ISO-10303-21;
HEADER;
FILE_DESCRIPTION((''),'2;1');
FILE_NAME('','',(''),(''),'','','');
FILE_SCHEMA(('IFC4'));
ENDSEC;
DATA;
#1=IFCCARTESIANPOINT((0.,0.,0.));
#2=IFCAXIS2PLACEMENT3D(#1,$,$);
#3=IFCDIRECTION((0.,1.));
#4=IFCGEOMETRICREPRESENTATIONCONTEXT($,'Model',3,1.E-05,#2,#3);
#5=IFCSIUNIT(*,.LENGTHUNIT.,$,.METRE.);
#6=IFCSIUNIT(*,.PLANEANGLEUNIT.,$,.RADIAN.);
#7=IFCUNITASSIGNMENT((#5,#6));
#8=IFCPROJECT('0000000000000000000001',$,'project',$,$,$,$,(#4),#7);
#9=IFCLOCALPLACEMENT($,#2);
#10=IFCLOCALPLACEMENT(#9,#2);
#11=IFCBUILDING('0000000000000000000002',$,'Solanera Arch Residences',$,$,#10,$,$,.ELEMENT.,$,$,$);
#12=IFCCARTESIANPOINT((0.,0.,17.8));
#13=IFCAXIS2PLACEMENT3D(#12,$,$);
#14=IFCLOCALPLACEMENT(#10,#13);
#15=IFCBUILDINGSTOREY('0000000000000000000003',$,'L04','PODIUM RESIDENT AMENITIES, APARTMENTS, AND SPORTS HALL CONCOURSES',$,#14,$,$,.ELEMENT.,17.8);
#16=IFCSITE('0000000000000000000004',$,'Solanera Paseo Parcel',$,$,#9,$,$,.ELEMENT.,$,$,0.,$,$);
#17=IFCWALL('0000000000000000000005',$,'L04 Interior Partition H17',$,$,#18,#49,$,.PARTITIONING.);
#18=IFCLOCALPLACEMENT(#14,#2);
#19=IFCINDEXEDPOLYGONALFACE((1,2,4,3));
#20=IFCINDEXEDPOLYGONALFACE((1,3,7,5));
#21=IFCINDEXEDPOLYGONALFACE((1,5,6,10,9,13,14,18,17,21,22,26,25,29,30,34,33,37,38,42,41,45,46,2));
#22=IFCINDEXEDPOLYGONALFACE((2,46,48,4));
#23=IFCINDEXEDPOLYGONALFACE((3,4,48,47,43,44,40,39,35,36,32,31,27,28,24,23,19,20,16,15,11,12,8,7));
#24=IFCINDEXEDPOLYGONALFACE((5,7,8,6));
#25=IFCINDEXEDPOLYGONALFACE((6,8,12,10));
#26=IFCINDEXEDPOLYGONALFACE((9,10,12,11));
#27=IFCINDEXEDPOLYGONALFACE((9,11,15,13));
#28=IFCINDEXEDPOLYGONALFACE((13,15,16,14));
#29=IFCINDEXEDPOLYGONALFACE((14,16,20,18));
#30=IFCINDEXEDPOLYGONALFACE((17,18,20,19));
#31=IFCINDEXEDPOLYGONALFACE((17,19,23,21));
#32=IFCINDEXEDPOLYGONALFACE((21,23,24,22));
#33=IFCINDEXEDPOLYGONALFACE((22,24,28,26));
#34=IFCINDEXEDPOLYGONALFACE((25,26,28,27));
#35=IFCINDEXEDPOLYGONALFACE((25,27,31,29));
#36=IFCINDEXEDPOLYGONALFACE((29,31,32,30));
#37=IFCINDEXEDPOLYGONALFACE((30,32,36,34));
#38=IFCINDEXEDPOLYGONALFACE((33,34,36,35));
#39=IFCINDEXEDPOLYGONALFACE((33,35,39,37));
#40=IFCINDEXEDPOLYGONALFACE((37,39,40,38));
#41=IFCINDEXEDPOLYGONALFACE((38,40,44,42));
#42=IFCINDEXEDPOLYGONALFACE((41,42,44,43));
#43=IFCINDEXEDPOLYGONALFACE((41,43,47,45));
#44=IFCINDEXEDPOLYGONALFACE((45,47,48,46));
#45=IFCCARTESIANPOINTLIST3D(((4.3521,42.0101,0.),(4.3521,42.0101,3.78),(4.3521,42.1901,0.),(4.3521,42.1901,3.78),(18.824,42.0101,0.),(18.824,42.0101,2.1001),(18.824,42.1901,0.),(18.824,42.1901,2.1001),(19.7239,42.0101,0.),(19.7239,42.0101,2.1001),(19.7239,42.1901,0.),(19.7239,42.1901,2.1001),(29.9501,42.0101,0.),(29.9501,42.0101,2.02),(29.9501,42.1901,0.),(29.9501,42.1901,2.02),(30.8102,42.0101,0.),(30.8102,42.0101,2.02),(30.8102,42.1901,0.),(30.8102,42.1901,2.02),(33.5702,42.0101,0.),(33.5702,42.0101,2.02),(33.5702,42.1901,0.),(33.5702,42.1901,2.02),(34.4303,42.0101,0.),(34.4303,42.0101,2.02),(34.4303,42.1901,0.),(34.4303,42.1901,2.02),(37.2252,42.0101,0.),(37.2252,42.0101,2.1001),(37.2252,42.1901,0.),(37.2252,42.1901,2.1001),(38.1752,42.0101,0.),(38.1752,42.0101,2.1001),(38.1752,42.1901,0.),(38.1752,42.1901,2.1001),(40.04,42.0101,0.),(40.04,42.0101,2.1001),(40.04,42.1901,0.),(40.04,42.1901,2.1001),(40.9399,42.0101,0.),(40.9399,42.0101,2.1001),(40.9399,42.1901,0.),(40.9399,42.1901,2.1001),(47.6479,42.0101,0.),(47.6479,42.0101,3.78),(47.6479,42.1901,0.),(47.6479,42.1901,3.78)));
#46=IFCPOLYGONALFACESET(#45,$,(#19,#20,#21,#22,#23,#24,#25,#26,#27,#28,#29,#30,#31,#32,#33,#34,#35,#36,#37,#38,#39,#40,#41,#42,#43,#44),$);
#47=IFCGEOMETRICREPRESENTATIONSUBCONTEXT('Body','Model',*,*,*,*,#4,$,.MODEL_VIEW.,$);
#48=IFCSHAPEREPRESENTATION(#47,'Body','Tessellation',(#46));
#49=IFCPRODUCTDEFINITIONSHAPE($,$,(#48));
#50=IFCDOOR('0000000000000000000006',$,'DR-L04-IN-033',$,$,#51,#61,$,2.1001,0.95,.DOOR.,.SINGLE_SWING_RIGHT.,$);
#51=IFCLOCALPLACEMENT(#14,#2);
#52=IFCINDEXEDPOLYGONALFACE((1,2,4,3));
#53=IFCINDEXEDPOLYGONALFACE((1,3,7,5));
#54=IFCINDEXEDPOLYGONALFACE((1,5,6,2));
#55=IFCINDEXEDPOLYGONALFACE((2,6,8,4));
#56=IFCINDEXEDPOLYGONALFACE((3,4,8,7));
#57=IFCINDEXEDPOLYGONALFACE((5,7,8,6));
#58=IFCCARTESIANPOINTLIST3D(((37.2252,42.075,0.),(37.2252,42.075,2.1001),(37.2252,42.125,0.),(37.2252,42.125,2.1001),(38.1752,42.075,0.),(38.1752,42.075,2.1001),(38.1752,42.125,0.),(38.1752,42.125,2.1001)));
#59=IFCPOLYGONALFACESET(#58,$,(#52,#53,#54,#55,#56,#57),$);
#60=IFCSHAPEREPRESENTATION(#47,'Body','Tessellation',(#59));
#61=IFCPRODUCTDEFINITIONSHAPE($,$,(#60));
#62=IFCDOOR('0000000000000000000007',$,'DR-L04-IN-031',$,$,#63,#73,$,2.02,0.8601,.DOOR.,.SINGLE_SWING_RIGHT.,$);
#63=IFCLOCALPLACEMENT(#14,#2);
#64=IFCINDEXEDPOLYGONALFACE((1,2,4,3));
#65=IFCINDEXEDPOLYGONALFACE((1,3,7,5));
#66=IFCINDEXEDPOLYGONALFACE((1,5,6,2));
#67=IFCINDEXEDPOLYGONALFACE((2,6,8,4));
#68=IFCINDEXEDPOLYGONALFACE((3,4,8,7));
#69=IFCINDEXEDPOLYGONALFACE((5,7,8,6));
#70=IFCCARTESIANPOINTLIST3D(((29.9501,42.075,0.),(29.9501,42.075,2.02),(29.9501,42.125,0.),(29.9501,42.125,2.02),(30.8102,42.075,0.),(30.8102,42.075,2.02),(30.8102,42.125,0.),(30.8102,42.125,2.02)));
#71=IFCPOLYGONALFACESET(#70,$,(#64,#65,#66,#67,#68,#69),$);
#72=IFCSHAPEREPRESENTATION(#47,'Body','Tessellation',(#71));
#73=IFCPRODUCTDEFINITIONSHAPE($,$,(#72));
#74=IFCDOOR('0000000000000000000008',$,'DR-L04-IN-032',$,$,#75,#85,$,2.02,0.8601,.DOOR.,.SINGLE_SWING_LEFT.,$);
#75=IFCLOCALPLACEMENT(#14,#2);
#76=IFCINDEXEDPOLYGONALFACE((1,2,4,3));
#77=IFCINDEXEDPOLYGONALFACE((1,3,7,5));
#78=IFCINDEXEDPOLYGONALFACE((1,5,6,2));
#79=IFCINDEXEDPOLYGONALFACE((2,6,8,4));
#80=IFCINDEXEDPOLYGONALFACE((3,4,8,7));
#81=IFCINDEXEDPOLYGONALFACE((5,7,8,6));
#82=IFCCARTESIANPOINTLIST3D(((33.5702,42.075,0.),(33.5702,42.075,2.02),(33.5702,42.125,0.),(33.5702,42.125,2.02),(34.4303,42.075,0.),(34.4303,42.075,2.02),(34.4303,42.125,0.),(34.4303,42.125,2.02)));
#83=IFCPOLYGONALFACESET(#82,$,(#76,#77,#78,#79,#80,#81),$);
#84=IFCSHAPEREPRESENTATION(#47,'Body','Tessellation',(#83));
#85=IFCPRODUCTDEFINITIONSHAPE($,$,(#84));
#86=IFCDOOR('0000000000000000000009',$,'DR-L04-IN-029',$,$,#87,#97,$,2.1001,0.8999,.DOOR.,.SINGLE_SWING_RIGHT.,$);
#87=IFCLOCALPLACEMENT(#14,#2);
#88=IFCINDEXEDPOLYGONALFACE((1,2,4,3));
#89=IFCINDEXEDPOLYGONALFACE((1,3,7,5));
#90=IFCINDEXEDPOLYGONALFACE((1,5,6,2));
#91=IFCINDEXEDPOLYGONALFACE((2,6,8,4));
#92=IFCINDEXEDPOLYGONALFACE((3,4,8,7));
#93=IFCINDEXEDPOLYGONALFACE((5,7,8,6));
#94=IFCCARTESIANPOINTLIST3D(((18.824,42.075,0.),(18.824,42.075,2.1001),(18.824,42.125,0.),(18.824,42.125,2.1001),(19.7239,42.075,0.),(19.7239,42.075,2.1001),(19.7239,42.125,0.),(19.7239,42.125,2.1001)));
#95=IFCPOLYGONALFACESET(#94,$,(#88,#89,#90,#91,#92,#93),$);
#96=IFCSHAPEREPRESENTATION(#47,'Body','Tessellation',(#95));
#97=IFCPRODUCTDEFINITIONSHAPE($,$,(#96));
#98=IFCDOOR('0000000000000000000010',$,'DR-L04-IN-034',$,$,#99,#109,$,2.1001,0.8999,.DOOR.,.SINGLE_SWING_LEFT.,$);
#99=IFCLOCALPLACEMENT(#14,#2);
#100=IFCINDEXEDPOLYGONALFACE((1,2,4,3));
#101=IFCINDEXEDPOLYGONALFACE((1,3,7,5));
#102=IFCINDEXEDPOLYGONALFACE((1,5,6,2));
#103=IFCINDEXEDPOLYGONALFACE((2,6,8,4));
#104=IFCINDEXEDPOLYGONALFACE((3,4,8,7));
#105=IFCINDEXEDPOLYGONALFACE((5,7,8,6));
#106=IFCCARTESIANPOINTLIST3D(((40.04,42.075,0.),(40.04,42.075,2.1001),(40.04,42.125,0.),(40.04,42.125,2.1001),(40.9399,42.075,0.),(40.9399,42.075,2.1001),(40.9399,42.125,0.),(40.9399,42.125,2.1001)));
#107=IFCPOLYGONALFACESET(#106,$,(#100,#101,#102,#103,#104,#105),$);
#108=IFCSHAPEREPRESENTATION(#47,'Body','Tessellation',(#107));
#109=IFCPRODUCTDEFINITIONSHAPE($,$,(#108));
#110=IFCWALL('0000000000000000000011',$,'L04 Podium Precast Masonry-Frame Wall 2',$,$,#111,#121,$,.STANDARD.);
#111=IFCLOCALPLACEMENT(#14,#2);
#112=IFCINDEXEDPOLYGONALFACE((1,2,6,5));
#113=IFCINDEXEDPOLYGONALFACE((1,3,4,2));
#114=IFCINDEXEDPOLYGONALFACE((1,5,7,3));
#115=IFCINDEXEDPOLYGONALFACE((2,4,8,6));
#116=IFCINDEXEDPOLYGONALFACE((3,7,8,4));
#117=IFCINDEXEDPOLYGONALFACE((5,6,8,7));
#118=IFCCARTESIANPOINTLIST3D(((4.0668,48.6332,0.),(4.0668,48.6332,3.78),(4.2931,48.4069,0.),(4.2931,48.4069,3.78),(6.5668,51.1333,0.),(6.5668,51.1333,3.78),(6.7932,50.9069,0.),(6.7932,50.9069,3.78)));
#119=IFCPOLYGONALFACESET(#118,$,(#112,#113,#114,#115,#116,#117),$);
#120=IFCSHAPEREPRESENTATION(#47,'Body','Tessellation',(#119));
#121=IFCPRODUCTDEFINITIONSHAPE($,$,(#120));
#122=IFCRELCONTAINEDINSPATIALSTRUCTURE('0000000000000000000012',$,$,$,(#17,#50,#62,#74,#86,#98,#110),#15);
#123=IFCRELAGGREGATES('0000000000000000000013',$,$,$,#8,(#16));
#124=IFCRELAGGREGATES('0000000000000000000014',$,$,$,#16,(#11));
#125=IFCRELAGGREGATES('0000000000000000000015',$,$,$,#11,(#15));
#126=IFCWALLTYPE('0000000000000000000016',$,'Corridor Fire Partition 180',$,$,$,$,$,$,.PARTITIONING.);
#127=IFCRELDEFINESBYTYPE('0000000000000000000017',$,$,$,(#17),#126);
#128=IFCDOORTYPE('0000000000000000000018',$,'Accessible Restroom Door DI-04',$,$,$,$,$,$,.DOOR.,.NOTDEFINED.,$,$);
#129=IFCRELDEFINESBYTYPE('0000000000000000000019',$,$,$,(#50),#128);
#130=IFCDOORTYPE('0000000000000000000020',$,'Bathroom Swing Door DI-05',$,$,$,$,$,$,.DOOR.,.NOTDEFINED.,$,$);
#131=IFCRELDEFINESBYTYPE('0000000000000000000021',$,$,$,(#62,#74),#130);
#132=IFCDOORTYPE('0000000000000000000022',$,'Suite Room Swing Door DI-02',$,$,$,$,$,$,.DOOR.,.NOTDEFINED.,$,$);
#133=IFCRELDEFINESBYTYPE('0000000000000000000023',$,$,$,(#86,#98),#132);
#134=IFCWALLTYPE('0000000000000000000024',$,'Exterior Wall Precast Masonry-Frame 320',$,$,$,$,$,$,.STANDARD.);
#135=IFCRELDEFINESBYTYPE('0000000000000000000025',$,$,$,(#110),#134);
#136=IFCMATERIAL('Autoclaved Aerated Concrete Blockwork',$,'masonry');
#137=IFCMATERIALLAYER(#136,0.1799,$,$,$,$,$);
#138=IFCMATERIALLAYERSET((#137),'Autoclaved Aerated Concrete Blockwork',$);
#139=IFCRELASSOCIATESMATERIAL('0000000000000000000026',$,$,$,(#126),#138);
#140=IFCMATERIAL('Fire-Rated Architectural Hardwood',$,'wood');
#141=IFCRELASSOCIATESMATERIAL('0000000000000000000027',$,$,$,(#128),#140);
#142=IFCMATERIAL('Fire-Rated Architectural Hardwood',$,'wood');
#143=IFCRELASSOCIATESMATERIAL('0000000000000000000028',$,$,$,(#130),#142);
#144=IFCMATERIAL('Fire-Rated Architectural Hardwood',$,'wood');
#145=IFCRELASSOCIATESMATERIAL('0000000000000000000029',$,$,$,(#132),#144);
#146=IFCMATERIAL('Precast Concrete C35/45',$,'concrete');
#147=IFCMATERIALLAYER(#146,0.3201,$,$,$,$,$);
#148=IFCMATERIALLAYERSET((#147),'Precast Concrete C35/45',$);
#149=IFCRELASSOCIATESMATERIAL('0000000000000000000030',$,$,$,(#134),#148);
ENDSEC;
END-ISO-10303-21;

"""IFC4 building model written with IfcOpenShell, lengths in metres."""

from ifc_helpers import new_model, si_unit, direction, frame, frame_2d, origin, place, context, subcontext, project, spatial, rectangle, extrude, material, layer, layer_set, type_object, element, fill, save


model = new_model("IFC4")

# Units and contexts
model_context = context("Model", 3, precision=1e-05, world=origin(), true_north=direction((0.0, 1.0)))
body_context = subcontext(model_context, "Body", "Model", "MODEL_VIEW")
ifc_project = project(units=[si_unit("LENGTHUNIT", "METRE"), si_unit("PLANEANGLEUNIT", "RADIAN")], contexts=[model_context])

# Site, building, storey
site_placement = place(None, origin())
site = spatial("IfcSite", under=ifc_project, at=site_placement, Name="Solanera Paseo Parcel", CompositionType="ELEMENT", RefElevation=0.0)
building_placement = place(site_placement, origin())
building = spatial("IfcBuilding", under=site, at=building_placement, Name="Solanera Arch Residences", CompositionType="ELEMENT")
storey_placement = place(building_placement, frame((0.0, 0.0, 17.8)))
storey = spatial("IfcBuildingStorey", under=building, at=storey_placement, Name="L04", Description="PODIUM RESIDENT AMENITIES, APARTMENTS, AND SPORTS HALL CONCOURSES", CompositionType="ELEMENT", Elevation=17.8)

# Wall, openings, doors
ifc_material_1 = material(Name="Autoclaved Aerated Concrete Blockwork", Category="masonry")
ifc_layer_1 = layer(ifc_material_1, 0.1799)
ifc_layer_set_1 = layer_set([ifc_layer_1], Name="Autoclaved Aerated Concrete Blockwork")
wall_type_1 = type_object("IfcWallType", Name="Corridor Fire Partition 180", PredefinedType="PARTITIONING", material=ifc_layer_set_1)
wall_1_placement = place(storey_placement, frame((4.3521, 42.1001, 0.0), z_axis=(0.0, 0.0, 1.0), x_axis=(1.0, 0.0, 0.0)))
wall_1 = element("IfcWall", 1, at=wall_1_placement, inside=storey, type_object=wall_type_1, Name="L04 Interior Partition H17", PredefinedType="PARTITIONING", context=body_context, shape_type="SweptSolid", body=[
    extrude(rectangle(XDim=43.2959, YDim=0.1799, at=frame_2d((21.6479, 0.0))), origin(), (0.0, 0.0, 1.0), 3.78),
])
opening_1_placement = place(wall_1_placement, frame((14.4719, 0.0, 0.0)))
opening_1 = element("IfcOpeningElement", 2, at=opening_1_placement, cuts=wall_1, PredefinedType="OPENING", context=body_context, shape_type="SweptSolid", body=[
    extrude(rectangle(XDim=0.8999, YDim=2.1001, at=frame_2d((0.45, 1.05))), frame((0.0, 0.1001, 0.0), z_axis=(0.0, -1.0, 0.0), x_axis=(1.0, 0.0, 0.0)), (0.0, 0.0, 1.0), 0.1999),
])
opening_2_placement = place(wall_1_placement, frame((25.5979, 0.0, 0.0)))
opening_2 = element("IfcOpeningElement", 3, at=opening_2_placement, cuts=wall_1, PredefinedType="OPENING", context=body_context, shape_type="SweptSolid", body=[
    extrude(rectangle(XDim=0.8601, YDim=2.02, at=frame_2d((0.4302, 1.01))), frame((0.0, 0.1001, 0.0), z_axis=(0.0, -1.0, 0.0), x_axis=(1.0, 0.0, 0.0)), (0.0, 0.0, 1.0), 0.1999),
])
opening_3_placement = place(wall_1_placement, frame((29.218, 0.0, 0.0)))
opening_3 = element("IfcOpeningElement", 4, at=opening_3_placement, cuts=wall_1, PredefinedType="OPENING", context=body_context, shape_type="SweptSolid", body=[
    extrude(rectangle(XDim=0.8601, YDim=2.02, at=frame_2d((0.4302, 1.01))), frame((0.0, 0.1001, 0.0), z_axis=(0.0, -1.0, 0.0), x_axis=(1.0, 0.0, 0.0)), (0.0, 0.0, 1.0), 0.1999),
])
opening_4_placement = place(wall_1_placement, frame((32.873, 0.0, 0.0)))
opening_4 = element("IfcOpeningElement", 5, at=opening_4_placement, cuts=wall_1, PredefinedType="OPENING", context=body_context, shape_type="SweptSolid", body=[
    extrude(rectangle(XDim=0.95, YDim=2.1001, at=frame_2d((0.4751, 1.05))), frame((0.0, 0.1001, 0.0), z_axis=(0.0, -1.0, 0.0), x_axis=(1.0, 0.0, 0.0)), (0.0, 0.0, 1.0), 0.1999),
])
opening_5_placement = place(wall_1_placement, frame((35.688, 0.0, 0.0)))
opening_5 = element("IfcOpeningElement", 6, at=opening_5_placement, cuts=wall_1, PredefinedType="OPENING", context=body_context, shape_type="SweptSolid", body=[
    extrude(rectangle(XDim=0.8999, YDim=2.1001, at=frame_2d((0.45, 1.05))), frame((0.0, 0.1001, 0.0), z_axis=(0.0, -1.0, 0.0), x_axis=(1.0, 0.0, 0.0)), (0.0, 0.0, 1.0), 0.1999),
])
ifc_material_2 = material(Name="Fire-Rated Architectural Hardwood", Category="wood")
door_type_1 = type_object("IfcDoorType", Name="Accessible Restroom Door DI-04", OperationType="NOTDEFINED", PredefinedType="DOOR", material=ifc_material_2)
door_1_placement = place(opening_4_placement, origin())
door_1 = element("IfcDoor", 7, at=door_1_placement, inside=storey, type_object=door_type_1, Name="DR-L04-IN-033", OperationType="SINGLE_SWING_RIGHT", OverallHeight=2.1001, OverallWidth=0.95, PredefinedType="DOOR", context=body_context, shape_type="SweptSolid", body=[
    extrude(rectangle(XDim=0.95, YDim=2.1001, at=frame_2d((0.4751, 1.05))), frame((0.0, 0.0249, 0.0), z_axis=(0.0, -1.0, 0.0), x_axis=(1.0, 0.0, 0.0)), (0.0, 0.0, 1.0), 0.05),
])
fill(opening_4, door_1)
ifc_material_3 = material(Name="Fire-Rated Architectural Hardwood", Category="wood")
door_type_2 = type_object("IfcDoorType", Name="Bathroom Swing Door DI-05", OperationType="NOTDEFINED", PredefinedType="DOOR", material=ifc_material_3)
door_2_placement = place(opening_2_placement, origin())
door_2 = element("IfcDoor", 8, at=door_2_placement, inside=storey, type_object=door_type_2, Name="DR-L04-IN-031", OperationType="SINGLE_SWING_RIGHT", OverallHeight=2.02, OverallWidth=0.8601, PredefinedType="DOOR", context=body_context, shape_type="SweptSolid", body=[
    extrude(rectangle(XDim=0.8601, YDim=2.02, at=frame_2d((0.4302, 1.01))), frame((0.0, 0.0249, 0.0), z_axis=(0.0, -1.0, 0.0), x_axis=(1.0, 0.0, 0.0)), (0.0, 0.0, 1.0), 0.05),
])
fill(opening_2, door_2)
door_3_placement = place(opening_3_placement, origin())
door_3 = element("IfcDoor", 9, at=door_3_placement, inside=storey, type_object=door_type_2, Name="DR-L04-IN-032", OperationType="SINGLE_SWING_LEFT", OverallHeight=2.02, OverallWidth=0.8601, PredefinedType="DOOR", context=body_context, shape_type="SweptSolid", body=[
    extrude(rectangle(XDim=0.8601, YDim=2.02, at=frame_2d((0.4302, 1.01))), frame((0.0, 0.0249, 0.0), z_axis=(0.0, -1.0, 0.0), x_axis=(1.0, 0.0, 0.0)), (0.0, 0.0, 1.0), 0.05),
])
fill(opening_3, door_3)
ifc_material_4 = material(Name="Fire-Rated Architectural Hardwood", Category="wood")
door_type_3 = type_object("IfcDoorType", Name="Suite Room Swing Door DI-02", OperationType="NOTDEFINED", PredefinedType="DOOR", material=ifc_material_4)
door_4_placement = place(opening_1_placement, origin())
door_4 = element("IfcDoor", 10, at=door_4_placement, inside=storey, type_object=door_type_3, Name="DR-L04-IN-029", OperationType="SINGLE_SWING_RIGHT", OverallHeight=2.1001, OverallWidth=0.8999, PredefinedType="DOOR", context=body_context, shape_type="SweptSolid", body=[
    extrude(rectangle(XDim=0.8999, YDim=2.1001, at=frame_2d((0.45, 1.05))), frame((0.0, 0.0249, 0.0), z_axis=(0.0, -1.0, 0.0), x_axis=(1.0, 0.0, 0.0)), (0.0, 0.0, 1.0), 0.05),
])
fill(opening_1, door_4)
door_5_placement = place(opening_5_placement, origin())
door_5 = element("IfcDoor", 11, at=door_5_placement, inside=storey, type_object=door_type_3, Name="DR-L04-IN-034", OperationType="SINGLE_SWING_LEFT", OverallHeight=2.1001, OverallWidth=0.8999, PredefinedType="DOOR", context=body_context, shape_type="SweptSolid", body=[
    extrude(rectangle(XDim=0.8999, YDim=2.1001, at=frame_2d((0.45, 1.05))), frame((0.0, 0.0249, 0.0), z_axis=(0.0, -1.0, 0.0), x_axis=(1.0, 0.0, 0.0)), (0.0, 0.0, 1.0), 0.05),
])
fill(opening_5, door_5)

# Wall
ifc_material_5 = material(Name="Precast Concrete C35/45", Category="concrete")
ifc_layer_2 = layer(ifc_material_5, 0.3201)
ifc_layer_set_2 = layer_set([ifc_layer_2], Name="Precast Concrete C35/45")
wall_type_2 = type_object("IfcWallType", Name="Exterior Wall Precast Masonry-Frame 320", PredefinedType="STANDARD", material=ifc_layer_set_2)
wall_2_placement = place(storey_placement, frame((4.1799, 48.52, 0.0), z_axis=(0.0, 0.0, 1.0), x_axis=(0.707107, 0.707107, 0.0)))
element("IfcWall", 12, at=wall_2_placement, inside=storey, type_object=wall_type_2, Name="L04 Podium Precast Masonry-Frame Wall 2", PredefinedType="STANDARD", context=body_context, shape_type="SweptSolid", body=[
    extrude(rectangle(XDim=3.5356, YDim=0.3201, at=frame_2d((1.7678, 0.0))), origin(), (0.0, 0.0, 1.0), 3.78),
])

save(model, "model.ifc")
